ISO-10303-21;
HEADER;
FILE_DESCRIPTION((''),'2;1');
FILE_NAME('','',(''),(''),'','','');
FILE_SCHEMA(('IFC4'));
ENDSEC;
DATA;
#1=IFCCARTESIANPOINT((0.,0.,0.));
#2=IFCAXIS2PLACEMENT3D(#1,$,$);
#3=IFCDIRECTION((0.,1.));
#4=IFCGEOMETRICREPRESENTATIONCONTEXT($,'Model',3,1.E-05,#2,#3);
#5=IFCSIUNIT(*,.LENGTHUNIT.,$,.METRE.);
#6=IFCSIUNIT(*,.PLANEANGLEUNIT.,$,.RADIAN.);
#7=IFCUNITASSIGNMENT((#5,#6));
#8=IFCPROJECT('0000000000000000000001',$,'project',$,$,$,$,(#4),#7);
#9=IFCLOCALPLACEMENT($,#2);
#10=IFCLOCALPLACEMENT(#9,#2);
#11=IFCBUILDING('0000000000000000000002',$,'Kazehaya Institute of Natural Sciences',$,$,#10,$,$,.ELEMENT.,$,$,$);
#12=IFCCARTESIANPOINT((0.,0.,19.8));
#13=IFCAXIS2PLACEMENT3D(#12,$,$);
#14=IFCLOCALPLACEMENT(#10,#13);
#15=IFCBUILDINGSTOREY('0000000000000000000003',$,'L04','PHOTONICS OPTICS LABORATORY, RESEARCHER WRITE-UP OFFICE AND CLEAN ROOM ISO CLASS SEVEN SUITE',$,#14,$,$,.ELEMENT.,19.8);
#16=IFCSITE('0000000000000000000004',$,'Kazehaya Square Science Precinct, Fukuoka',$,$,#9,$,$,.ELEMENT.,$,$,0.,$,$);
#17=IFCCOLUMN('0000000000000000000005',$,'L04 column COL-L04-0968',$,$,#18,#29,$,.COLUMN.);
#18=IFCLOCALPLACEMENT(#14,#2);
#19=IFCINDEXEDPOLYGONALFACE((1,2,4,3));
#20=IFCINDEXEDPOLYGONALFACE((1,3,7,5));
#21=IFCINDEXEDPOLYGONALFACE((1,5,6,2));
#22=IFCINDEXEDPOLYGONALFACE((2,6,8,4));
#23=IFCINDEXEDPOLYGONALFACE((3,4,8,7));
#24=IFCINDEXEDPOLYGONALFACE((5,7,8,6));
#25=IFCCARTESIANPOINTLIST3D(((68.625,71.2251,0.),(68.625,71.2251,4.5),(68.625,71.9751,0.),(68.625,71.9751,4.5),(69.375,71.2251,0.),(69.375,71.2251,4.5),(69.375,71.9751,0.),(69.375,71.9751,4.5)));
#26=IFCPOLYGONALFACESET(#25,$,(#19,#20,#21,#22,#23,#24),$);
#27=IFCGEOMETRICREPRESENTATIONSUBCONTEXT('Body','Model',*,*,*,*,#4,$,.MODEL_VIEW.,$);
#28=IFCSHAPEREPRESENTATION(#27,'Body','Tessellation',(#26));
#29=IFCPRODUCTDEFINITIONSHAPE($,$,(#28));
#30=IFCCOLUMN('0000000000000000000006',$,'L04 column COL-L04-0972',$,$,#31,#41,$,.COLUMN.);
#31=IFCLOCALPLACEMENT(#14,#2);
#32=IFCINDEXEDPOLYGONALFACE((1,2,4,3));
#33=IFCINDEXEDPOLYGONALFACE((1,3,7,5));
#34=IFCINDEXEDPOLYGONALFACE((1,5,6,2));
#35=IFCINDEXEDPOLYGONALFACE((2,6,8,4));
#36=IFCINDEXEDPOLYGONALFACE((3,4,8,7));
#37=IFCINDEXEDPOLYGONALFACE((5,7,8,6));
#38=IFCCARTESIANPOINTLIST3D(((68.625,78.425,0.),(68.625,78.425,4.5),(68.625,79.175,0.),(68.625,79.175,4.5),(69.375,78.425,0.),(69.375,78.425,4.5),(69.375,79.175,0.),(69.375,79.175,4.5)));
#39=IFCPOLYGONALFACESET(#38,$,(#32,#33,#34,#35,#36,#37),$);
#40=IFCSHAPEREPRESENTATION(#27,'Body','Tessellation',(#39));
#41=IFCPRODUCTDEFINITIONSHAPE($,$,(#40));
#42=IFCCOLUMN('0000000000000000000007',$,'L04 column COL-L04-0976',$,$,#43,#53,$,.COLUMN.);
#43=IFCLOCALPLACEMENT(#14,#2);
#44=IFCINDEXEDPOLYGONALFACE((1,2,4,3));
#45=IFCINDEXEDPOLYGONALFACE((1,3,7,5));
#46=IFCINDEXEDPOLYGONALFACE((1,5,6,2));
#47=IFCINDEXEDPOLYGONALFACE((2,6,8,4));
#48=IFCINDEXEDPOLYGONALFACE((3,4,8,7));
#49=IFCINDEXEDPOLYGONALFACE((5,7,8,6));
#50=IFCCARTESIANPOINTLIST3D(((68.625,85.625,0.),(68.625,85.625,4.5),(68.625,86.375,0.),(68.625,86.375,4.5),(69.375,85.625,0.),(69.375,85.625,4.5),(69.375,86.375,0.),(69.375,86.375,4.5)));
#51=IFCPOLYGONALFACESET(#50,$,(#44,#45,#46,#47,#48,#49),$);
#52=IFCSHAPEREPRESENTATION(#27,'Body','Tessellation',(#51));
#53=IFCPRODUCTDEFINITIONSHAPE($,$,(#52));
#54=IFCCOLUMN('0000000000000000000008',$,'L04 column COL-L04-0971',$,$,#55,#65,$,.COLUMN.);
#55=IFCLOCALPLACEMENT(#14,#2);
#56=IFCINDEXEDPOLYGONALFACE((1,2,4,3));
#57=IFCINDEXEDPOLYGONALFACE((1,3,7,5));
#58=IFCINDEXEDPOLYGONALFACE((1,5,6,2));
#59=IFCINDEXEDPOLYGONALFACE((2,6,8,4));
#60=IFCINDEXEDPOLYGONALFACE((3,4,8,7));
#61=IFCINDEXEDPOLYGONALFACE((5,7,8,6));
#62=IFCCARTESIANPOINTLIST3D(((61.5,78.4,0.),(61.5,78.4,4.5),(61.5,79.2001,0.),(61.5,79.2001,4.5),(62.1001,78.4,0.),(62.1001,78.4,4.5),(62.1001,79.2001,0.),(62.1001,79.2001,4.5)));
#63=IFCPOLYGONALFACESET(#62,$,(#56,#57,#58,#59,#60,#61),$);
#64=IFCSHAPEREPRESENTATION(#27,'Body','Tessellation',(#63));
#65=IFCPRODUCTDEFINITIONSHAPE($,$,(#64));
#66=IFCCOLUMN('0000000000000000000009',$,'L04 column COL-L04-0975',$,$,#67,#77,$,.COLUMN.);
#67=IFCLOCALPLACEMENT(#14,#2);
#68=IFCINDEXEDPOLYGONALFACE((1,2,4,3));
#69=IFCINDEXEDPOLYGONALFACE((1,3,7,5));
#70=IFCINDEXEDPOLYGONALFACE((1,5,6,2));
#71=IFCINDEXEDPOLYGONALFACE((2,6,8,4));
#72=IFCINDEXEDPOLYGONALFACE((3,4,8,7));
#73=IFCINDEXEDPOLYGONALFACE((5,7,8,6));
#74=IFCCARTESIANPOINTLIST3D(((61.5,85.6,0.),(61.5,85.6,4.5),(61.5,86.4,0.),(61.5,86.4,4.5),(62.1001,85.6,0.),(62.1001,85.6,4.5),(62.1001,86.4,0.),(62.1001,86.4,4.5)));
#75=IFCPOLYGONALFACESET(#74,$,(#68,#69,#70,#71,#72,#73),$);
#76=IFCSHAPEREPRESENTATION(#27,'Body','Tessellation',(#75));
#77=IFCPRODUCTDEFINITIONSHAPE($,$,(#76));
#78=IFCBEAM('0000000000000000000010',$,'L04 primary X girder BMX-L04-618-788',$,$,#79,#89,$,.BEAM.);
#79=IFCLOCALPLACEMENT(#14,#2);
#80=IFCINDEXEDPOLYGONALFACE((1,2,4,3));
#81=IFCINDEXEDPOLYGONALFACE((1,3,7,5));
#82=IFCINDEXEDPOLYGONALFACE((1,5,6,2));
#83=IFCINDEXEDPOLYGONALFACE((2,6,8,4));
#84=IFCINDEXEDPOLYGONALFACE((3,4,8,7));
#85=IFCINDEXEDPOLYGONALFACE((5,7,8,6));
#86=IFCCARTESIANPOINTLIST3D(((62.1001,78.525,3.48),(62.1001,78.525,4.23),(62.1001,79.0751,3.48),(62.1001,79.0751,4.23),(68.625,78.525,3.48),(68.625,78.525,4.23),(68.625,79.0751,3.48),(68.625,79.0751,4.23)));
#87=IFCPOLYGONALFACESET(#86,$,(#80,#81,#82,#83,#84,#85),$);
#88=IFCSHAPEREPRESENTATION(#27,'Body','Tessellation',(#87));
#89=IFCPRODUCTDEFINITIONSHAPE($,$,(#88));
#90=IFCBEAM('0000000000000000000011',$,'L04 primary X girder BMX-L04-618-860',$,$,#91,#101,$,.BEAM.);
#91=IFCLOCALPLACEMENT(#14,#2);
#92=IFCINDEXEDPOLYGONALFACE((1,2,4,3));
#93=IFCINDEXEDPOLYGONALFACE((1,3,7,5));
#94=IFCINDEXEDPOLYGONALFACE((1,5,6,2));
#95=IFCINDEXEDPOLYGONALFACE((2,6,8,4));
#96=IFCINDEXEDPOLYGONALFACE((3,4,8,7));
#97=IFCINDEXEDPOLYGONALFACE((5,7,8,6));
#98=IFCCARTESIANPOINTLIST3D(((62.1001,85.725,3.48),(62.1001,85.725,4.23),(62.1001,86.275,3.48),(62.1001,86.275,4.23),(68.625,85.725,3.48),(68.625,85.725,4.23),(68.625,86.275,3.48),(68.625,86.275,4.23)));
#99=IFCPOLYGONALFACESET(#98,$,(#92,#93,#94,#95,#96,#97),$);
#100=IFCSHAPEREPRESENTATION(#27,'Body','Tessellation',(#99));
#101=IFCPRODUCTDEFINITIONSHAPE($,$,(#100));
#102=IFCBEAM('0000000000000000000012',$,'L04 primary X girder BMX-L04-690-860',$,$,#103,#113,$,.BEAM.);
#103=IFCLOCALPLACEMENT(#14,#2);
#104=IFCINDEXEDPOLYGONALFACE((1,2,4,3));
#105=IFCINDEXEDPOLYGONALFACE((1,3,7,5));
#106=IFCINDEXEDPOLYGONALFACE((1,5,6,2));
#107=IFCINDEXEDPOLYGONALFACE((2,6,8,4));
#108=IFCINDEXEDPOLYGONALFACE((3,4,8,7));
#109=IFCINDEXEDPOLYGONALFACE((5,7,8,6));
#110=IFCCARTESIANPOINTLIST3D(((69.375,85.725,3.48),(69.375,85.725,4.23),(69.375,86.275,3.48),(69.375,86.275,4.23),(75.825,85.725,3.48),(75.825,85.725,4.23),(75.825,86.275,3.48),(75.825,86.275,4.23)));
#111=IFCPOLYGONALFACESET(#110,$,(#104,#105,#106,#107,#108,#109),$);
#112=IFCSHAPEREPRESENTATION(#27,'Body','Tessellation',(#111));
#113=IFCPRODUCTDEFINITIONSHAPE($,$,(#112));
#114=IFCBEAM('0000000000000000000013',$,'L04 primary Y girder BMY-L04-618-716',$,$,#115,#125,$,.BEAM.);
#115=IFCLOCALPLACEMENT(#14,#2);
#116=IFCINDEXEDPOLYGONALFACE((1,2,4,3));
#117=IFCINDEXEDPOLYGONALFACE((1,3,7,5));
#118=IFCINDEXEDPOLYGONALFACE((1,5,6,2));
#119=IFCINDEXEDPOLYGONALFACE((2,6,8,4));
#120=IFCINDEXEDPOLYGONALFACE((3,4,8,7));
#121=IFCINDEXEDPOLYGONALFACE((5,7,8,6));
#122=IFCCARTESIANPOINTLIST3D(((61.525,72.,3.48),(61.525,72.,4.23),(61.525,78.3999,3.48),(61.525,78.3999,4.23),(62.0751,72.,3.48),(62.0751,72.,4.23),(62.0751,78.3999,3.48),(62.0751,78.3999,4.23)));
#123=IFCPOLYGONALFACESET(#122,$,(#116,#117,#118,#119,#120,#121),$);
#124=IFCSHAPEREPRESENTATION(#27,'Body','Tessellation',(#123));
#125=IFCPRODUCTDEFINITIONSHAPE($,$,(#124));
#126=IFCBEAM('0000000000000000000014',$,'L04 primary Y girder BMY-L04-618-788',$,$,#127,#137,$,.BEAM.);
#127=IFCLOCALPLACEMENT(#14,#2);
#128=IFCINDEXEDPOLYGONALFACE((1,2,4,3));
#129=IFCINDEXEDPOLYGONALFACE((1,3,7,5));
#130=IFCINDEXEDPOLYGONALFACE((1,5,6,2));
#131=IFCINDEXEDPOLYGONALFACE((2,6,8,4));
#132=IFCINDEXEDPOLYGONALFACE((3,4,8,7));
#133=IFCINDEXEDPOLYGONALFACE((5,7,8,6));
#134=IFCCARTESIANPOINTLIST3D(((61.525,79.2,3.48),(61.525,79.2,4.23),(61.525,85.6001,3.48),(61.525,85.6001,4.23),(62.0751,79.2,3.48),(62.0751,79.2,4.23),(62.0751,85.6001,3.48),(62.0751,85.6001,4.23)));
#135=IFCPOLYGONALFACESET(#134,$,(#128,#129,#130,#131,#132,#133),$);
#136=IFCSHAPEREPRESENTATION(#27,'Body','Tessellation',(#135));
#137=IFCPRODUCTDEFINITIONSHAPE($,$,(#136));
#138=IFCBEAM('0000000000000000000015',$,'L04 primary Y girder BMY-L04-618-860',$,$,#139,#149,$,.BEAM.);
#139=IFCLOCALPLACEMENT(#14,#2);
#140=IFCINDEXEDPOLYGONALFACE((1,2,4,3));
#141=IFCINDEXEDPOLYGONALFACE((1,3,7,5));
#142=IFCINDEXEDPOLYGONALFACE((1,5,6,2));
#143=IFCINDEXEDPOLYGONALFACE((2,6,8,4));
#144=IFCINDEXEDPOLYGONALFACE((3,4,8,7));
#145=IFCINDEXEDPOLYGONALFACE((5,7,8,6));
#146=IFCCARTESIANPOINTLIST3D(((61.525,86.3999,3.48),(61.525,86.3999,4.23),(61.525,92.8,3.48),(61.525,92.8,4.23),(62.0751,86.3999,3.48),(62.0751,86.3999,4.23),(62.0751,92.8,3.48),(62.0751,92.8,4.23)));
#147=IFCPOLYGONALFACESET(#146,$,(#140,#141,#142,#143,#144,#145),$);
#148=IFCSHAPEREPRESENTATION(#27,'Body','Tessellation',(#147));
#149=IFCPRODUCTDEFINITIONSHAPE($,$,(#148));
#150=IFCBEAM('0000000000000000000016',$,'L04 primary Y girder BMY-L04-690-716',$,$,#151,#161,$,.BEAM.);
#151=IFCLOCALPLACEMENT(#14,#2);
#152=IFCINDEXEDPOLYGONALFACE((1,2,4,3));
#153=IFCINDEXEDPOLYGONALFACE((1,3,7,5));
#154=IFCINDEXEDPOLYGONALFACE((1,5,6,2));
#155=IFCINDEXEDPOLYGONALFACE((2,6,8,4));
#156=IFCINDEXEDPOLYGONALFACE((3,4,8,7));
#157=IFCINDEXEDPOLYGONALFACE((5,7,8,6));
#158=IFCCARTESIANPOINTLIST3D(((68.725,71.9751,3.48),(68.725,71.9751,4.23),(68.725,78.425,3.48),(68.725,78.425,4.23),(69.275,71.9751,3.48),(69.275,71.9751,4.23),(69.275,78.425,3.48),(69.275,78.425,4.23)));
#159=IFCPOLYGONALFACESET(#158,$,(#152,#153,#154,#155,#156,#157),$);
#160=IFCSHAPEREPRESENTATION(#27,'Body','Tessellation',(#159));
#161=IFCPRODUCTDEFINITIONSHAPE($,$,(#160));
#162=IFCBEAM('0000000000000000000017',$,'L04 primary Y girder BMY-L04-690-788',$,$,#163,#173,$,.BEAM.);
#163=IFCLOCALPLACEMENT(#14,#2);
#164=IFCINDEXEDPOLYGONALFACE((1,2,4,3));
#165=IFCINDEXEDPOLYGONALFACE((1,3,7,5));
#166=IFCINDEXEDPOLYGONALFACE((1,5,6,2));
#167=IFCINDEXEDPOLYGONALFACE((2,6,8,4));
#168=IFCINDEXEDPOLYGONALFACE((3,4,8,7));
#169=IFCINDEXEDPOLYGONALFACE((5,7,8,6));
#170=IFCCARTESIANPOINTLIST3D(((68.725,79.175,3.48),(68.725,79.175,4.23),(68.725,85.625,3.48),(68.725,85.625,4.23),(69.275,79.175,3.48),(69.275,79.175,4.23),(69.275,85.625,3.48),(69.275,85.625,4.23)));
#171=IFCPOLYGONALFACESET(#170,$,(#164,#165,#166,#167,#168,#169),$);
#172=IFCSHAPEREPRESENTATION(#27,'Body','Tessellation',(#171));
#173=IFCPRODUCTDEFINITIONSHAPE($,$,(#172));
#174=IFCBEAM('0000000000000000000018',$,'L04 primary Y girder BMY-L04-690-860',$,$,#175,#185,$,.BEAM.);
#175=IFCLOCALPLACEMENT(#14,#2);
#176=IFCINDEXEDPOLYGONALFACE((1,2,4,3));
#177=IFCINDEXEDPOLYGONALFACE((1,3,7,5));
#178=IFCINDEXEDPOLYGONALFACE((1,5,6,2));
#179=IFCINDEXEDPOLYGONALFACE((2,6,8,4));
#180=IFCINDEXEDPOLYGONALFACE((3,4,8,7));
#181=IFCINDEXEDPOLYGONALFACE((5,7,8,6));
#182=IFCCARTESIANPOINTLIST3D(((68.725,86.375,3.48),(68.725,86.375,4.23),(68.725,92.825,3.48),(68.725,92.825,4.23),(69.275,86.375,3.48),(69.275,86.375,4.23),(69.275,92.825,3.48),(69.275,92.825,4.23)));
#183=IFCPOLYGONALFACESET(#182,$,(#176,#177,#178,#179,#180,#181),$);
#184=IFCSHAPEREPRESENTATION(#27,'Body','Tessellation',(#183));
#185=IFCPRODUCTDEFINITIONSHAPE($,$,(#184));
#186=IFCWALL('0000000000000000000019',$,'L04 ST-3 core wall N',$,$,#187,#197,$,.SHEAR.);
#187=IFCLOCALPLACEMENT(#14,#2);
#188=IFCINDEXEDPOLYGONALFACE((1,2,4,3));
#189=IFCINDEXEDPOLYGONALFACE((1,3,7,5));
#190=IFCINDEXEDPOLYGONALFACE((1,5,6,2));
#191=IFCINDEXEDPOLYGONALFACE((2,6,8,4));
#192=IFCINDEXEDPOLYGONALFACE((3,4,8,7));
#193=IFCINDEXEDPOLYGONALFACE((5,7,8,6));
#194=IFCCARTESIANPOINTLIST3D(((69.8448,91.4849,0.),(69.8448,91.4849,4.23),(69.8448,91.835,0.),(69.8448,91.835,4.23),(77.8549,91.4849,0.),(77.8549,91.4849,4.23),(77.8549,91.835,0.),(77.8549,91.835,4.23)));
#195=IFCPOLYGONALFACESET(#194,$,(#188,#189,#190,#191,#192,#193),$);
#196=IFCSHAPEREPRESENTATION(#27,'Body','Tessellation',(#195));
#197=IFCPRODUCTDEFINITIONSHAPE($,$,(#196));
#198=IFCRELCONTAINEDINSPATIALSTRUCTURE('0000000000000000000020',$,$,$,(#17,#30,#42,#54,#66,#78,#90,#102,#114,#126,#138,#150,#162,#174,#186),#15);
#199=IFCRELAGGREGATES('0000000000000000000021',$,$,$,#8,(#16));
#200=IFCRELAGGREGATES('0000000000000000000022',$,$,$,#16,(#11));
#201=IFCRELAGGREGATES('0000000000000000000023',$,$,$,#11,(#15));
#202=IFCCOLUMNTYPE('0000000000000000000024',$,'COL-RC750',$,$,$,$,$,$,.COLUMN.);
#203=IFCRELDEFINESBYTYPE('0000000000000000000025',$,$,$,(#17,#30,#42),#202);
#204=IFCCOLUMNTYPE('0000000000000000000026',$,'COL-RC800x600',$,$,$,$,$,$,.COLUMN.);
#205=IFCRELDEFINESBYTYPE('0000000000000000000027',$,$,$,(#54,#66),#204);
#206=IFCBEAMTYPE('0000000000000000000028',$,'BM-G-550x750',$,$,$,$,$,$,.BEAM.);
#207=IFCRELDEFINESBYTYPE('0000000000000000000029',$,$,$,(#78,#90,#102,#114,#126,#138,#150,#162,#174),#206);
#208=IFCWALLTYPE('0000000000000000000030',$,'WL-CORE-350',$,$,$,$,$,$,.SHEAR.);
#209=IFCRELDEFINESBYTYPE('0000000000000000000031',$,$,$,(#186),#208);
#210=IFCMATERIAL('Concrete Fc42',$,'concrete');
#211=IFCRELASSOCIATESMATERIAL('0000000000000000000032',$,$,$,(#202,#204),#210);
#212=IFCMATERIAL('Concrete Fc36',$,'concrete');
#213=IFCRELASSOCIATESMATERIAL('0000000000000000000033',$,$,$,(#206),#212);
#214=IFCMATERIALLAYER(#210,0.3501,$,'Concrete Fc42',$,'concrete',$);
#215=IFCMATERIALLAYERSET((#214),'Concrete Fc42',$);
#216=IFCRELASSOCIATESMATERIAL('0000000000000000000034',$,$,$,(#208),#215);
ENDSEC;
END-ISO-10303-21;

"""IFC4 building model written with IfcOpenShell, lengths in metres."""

from ifc_helpers import new_model, si_unit, direction, frame, frame_2d, origin, origin_2d, place, context, subcontext, project, spatial, rectangle, extrude, material, layer, layer_set, material_profile, profile_set, type_object, element, save


model = new_model("IFC4")

# Units and contexts
model_context = context("Model", 3, precision=1e-05, world=origin(), true_north=direction((0.0, 1.0)))
body_context = subcontext(model_context, "Body", "Model", "MODEL_VIEW")
ifc_project = project(units=[si_unit("LENGTHUNIT", "METRE"), si_unit("PLANEANGLEUNIT", "RADIAN")], contexts=[model_context])

# Site, building, storey
site_placement = place(None, origin())
site = spatial("IfcSite", under=ifc_project, at=site_placement, Name="Kazehaya Square Science Precinct, Fukuoka", CompositionType="ELEMENT", RefElevation=0.0)
building_placement = place(site_placement, origin())
building = spatial("IfcBuilding", under=site, at=building_placement, Name="Kazehaya Institute of Natural Sciences", CompositionType="ELEMENT")
storey_placement = place(building_placement, frame((0.0, 0.0, 19.8)))
storey = spatial("IfcBuildingStorey", under=building, at=storey_placement, Name="L04", Description="PHOTONICS OPTICS LABORATORY, RESEARCHER WRITE-UP OFFICE AND CLEAN ROOM ISO CLASS SEVEN SUITE", CompositionType="ELEMENT", Elevation=19.8)

# Columns
ifc_material_1 = material(Name="Concrete Fc42", Category="concrete")
ifc_material_profile_1 = material_profile(ifc_material_1, rectangle(XDim=0.75, YDim=0.75, at=origin_2d()), Name="RC-750x750")
ifc_profile_set_1 = profile_set([ifc_material_profile_1], Name="Concrete Fc42")
column_type_1 = type_object("IfcColumnType", Name="COL-RC750", PredefinedType="COLUMN", material=ifc_profile_set_1)
for number, where, z_axis, x_axis, name in (
    (1, (69.0, 71.6001, 0.0), (0.0, 0.0, 1.0), (1.0, 0.0, 0.0), "L04 column COL-L04-0968"),
    (2, (69.0, 78.8, 0.0), (0.0, 0.0, 1.0), (1.0, 0.0, 0.0), "L04 column COL-L04-0972"),
    (3, (69.0, 86.0, 0.0), (0.0, 0.0, 1.0), (1.0, 0.0, 0.0), "L04 column COL-L04-0976"),
):
    element("IfcColumn", number, at=place(storey_placement, frame(where, z_axis=z_axis, x_axis=x_axis)), inside=storey, type_object=column_type_1, Name=name, PredefinedType="COLUMN", context=body_context, shape_type="SweptSolid", body=[
        extrude(rectangle(XDim=0.75, YDim=0.75, at=origin_2d()), origin(), (0.0, 0.0, 1.0), 4.5),
    ])
ifc_material_profile_2 = material_profile(ifc_material_1, rectangle(XDim=0.6001, YDim=0.8, at=origin_2d()), Name="RC-800x600")
ifc_profile_set_2 = profile_set([ifc_material_profile_2], Name="Concrete Fc42")
column_type_2 = type_object("IfcColumnType", Name="COL-RC800x600", PredefinedType="COLUMN", material=ifc_profile_set_2)
for number, where, z_axis, x_axis, name in (
    (4, (61.8, 78.8, 0.0), (0.0, 0.0, 1.0), (1.0, 0.0, 0.0), "L04 column COL-L04-0971"),
    (5, (61.8, 86.0, 0.0), (0.0, 0.0, 1.0), (1.0, 0.0, 0.0), "L04 column COL-L04-0975"),
):
    element("IfcColumn", number, at=place(storey_placement, frame(where, z_axis=z_axis, x_axis=x_axis)), inside=storey, type_object=column_type_2, Name=name, PredefinedType="COLUMN", context=body_context, shape_type="SweptSolid", body=[
        extrude(rectangle(XDim=0.6001, YDim=0.8, at=origin_2d()), origin(), (0.0, 0.0, 1.0), 4.5),
    ])

# Beams
ifc_material_2 = material(Name="Concrete Fc36", Category="concrete")
ifc_material_profile_3 = material_profile(ifc_material_2, rectangle(XDim=0.55, YDim=0.75, at=origin_2d()), Name="RC-550x750")
ifc_profile_set_3 = profile_set([ifc_material_profile_3], Name="Concrete Fc36")
beam_type = type_object("IfcBeamType", Name="BM-G-550x750", PredefinedType="BEAM", material=ifc_profile_set_3)
for number, where, z_axis, x_axis, name in (
    (6, (62.1001, 78.8, 3.855), (1.0, 0.0, 0.0), (0.0, 1.0, 0.0), "L04 primary X girder BMX-L04-618-788"),
    (7, (62.1001, 86.0, 3.855), (1.0, 0.0, 0.0), (0.0, 1.0, 0.0), "L04 primary X girder BMX-L04-618-860"),
):
    element("IfcBeam", number, at=place(storey_placement, frame(where, z_axis=z_axis, x_axis=x_axis)), inside=storey, type_object=beam_type, Name=name, PredefinedType="BEAM", context=body_context, shape_type="SweptSolid", body=[
        extrude(rectangle(XDim=0.55, YDim=0.75, at=origin_2d()), origin(), (0.0, 0.0, 1.0), 6.5249),
    ])
beam_1_placement = place(storey_placement, frame((69.375, 86.0, 3.855), z_axis=(1.0, 0.0, 0.0), x_axis=(0.0, 1.0, 0.0)))
element("IfcBeam", 8, at=beam_1_placement, inside=storey, type_object=beam_type, Name="L04 primary X girder BMX-L04-690-860", PredefinedType="BEAM", context=body_context, shape_type="SweptSolid", body=[
    extrude(rectangle(XDim=0.55, YDim=0.75, at=origin_2d()), origin(), (0.0, 0.0, 1.0), 6.45),
])
beam_2_placement = place(storey_placement, frame((61.8, 72.0, 3.855), z_axis=(0.0, 1.0, 0.0), x_axis=(-1.0, 0.0, 0.0)))
element("IfcBeam", 9, at=beam_2_placement, inside=storey, type_object=beam_type, Name="L04 primary Y girder BMY-L04-618-716", PredefinedType="BEAM", context=body_context, shape_type="SweptSolid", body=[
    extrude(rectangle(XDim=0.55, YDim=0.75, at=origin_2d()), origin(), (0.0, 0.0, 1.0), 6.3999),
])
for number, where, z_axis, x_axis, name in (
    (10, (61.8, 79.2, 3.855), (0.0, 1.0, 0.0), (-1.0, 0.0, 0.0), "L04 primary Y girder BMY-L04-618-788"),
    (11, (61.8, 86.3999, 3.855), (0.0, 1.0, 0.0), (-1.0, 0.0, 0.0), "L04 primary Y girder BMY-L04-618-860"),
):
    element("IfcBeam", number, at=place(storey_placement, frame(where, z_axis=z_axis, x_axis=x_axis)), inside=storey, type_object=beam_type, Name=name, PredefinedType="BEAM", context=body_context, shape_type="SweptSolid", body=[
        extrude(rectangle(XDim=0.55, YDim=0.75, at=origin_2d()), origin(), (0.0, 0.0, 1.0), 6.4001),
    ])
for number, where, z_axis, x_axis, name in (
    (12, (69.0, 71.9751, 3.855), (0.0, 1.0, 0.0), (-1.0, 0.0, 0.0), "L04 primary Y girder BMY-L04-690-716"),
    (13, (69.0, 79.175, 3.855), (0.0, 1.0, 0.0), (-1.0, 0.0, 0.0), "L04 primary Y girder BMY-L04-690-788"),
    (14, (69.0, 86.375, 3.855), (0.0, 1.0, 0.0), (-1.0, 0.0, 0.0), "L04 primary Y girder BMY-L04-690-860"),
):
    element("IfcBeam", number, at=place(storey_placement, frame(where, z_axis=z_axis, x_axis=x_axis)), inside=storey, type_object=beam_type, Name=name, PredefinedType="BEAM", context=body_context, shape_type="SweptSolid", body=[
        extrude(rectangle(XDim=0.55, YDim=0.75, at=origin_2d()), origin(), (0.0, 0.0, 1.0), 6.45),
    ])

# Wall
ifc_layer_1 = layer(ifc_material_1, 0.3501, Name="Concrete Fc42", Category="concrete")
ifc_layer_set_1 = layer_set([ifc_layer_1], Name="Concrete Fc42")
wall_type_1 = type_object("IfcWallType", Name="WL-CORE-350", PredefinedType="SHEAR", material=ifc_layer_set_1)
wall_1_placement = place(storey_placement, frame((69.845, 91.6599, 0.0), z_axis=(0.0, 0.0, 1.0), x_axis=(1.0, 0.0, 0.0)))
element("IfcWall", 15, at=wall_1_placement, inside=storey, type_object=wall_type_1, Name="L04 ST-3 core wall N", PredefinedType="SHEAR", context=body_context, shape_type="SweptSolid", body=[
    extrude(rectangle(XDim=8.01, YDim=0.3501, at=frame_2d((4.0049, 0.0))), origin(), (0.0, 0.0, 1.0), 4.23),
])

save(model, "model.ifc")
